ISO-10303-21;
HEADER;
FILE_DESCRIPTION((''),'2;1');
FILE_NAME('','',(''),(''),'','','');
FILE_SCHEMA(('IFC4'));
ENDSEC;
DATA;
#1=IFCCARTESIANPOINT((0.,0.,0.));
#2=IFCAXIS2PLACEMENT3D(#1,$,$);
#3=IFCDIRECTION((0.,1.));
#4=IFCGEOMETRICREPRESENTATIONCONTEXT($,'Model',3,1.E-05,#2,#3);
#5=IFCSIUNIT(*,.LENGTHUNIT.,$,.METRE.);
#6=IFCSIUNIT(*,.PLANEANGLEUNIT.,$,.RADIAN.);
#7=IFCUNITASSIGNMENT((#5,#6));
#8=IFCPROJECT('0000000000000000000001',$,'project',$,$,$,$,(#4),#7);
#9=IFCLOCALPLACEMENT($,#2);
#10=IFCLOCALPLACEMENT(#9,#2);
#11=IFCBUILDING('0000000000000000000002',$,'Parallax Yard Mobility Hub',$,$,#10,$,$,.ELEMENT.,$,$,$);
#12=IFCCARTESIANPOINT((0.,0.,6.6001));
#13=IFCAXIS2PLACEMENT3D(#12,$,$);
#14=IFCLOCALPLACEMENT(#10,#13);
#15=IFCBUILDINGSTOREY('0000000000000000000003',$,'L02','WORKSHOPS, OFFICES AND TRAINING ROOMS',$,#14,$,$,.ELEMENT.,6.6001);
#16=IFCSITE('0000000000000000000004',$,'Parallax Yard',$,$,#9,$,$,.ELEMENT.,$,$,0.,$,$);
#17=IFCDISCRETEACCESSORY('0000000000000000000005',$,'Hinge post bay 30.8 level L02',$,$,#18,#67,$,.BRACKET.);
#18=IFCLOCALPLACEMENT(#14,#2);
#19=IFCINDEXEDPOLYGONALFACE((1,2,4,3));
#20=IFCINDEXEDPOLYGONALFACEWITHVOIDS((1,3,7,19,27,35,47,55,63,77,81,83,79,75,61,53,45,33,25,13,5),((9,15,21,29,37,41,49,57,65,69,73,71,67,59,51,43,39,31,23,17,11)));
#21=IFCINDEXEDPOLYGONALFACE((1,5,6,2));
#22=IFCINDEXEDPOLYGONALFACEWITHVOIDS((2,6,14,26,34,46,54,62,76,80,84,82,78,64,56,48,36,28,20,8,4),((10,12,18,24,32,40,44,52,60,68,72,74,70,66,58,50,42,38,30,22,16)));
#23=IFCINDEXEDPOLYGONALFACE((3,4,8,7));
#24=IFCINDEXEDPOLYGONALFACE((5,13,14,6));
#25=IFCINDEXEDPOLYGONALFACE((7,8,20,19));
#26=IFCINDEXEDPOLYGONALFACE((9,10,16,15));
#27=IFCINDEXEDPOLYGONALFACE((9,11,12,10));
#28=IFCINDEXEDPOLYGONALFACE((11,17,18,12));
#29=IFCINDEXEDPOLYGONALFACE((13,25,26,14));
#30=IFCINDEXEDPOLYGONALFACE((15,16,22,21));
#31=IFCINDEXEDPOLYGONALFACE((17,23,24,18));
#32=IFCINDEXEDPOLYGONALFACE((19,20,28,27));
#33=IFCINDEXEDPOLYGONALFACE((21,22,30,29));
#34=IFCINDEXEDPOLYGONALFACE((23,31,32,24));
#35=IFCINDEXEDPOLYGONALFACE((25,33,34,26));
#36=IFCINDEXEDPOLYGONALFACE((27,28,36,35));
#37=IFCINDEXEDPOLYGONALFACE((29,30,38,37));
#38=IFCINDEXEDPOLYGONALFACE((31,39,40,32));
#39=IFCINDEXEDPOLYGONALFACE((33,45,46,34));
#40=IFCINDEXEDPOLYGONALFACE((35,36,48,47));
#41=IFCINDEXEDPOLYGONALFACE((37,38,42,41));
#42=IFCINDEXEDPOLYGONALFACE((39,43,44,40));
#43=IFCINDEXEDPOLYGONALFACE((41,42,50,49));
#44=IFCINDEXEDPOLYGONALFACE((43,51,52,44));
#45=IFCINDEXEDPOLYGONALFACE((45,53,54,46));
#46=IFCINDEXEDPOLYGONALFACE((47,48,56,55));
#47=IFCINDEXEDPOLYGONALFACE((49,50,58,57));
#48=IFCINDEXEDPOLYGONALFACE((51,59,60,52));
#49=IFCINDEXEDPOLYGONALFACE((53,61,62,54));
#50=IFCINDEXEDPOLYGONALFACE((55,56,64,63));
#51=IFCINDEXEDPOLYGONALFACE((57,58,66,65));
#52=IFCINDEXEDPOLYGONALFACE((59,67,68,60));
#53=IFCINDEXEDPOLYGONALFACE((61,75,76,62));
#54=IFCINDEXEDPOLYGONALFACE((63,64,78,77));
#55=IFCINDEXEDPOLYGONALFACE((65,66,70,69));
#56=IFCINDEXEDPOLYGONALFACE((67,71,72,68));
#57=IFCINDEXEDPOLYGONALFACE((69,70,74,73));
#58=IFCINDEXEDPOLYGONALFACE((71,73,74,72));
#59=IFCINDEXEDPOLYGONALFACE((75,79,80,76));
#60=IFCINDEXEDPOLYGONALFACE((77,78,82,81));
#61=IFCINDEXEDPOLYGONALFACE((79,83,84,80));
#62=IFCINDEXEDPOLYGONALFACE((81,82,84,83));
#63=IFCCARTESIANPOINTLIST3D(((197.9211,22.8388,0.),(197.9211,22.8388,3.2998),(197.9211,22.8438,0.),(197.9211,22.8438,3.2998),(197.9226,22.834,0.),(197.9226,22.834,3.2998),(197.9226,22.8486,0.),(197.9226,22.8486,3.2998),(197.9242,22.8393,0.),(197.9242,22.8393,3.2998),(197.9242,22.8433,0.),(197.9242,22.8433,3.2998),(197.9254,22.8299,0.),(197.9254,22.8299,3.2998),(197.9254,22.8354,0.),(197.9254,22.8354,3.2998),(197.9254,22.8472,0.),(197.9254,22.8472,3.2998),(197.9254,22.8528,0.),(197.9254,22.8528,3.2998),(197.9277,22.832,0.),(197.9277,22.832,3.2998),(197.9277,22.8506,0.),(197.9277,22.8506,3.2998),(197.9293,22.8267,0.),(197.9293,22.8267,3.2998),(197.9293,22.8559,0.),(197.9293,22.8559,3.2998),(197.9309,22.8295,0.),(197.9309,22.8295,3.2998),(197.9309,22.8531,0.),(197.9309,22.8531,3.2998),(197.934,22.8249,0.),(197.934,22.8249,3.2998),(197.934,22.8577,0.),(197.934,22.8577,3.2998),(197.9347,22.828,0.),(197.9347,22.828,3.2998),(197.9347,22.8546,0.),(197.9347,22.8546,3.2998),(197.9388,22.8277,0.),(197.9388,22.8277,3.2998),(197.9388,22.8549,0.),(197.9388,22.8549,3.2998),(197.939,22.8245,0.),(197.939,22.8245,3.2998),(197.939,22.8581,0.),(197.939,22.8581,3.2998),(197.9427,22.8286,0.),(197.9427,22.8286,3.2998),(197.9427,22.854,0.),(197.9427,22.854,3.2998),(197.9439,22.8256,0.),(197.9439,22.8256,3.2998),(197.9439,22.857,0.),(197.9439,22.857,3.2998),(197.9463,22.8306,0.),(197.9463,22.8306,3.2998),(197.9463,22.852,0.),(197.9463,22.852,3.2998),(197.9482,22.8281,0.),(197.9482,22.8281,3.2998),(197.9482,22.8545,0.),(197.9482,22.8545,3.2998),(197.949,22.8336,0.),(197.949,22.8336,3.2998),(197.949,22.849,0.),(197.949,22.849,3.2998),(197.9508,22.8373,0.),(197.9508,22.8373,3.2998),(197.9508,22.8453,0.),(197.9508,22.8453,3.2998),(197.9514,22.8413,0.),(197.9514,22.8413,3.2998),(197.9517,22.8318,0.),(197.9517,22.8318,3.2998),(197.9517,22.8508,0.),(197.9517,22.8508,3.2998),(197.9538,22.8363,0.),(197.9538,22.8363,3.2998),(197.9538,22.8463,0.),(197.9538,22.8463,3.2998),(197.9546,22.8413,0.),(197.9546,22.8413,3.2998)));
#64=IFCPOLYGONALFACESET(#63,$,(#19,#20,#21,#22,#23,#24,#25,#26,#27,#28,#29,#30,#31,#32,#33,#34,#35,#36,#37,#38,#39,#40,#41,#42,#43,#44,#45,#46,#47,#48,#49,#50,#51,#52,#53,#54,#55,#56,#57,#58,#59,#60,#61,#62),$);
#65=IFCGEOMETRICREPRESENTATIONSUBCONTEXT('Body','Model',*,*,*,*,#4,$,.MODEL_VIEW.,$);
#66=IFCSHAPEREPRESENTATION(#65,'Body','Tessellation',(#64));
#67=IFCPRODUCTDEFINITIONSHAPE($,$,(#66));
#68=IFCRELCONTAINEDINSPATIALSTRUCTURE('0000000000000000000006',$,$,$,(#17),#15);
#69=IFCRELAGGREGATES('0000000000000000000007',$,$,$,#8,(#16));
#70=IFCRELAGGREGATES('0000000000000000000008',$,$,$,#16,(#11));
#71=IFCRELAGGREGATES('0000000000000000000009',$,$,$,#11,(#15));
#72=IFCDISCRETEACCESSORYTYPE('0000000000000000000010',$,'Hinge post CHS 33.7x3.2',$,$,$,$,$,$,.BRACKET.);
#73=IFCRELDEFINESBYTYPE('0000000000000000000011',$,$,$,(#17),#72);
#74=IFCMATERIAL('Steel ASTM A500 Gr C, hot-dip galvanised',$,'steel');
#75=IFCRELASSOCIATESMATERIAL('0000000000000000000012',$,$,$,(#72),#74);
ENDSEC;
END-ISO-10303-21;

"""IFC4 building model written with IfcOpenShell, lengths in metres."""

from ifc_helpers import new_model, si_unit, direction, frame, origin, origin_2d, place, context, subcontext, project, spatial, hollow_circle, extrude, material, material_profile, profile_set, type_object, element, save


model = new_model("IFC4")

# Units and contexts
model_context = context("Model", 3, precision=1e-05, world=origin(), true_north=direction((0.0, 1.0)))
body_context = subcontext(model_context, "Body", "Model", "MODEL_VIEW")
ifc_project = project(units=[si_unit("LENGTHUNIT", "METRE"), si_unit("PLANEANGLEUNIT", "RADIAN")], contexts=[model_context])

# Site, building, storey
site_placement = place(None, origin())
site = spatial("IfcSite", under=ifc_project, at=site_placement, Name="Parallax Yard", CompositionType="ELEMENT", RefElevation=0.0)
building_placement = place(site_placement, origin())
building = spatial("IfcBuilding", under=site, at=building_placement, Name="Parallax Yard Mobility Hub", CompositionType="ELEMENT")
storey_placement = place(building_placement, frame((0.0, 0.0, 6.6001)))
storey = spatial("IfcBuildingStorey", under=building, at=storey_placement, Name="L02", Description="WORKSHOPS, OFFICES AND TRAINING ROOMS", CompositionType="ELEMENT", Elevation=6.6001)

# Discrete accessory
ifc_material_1 = material(Name="Steel ASTM A500 Gr C, hot-dip galvanised", Category="steel")
ifc_material_profile_1 = material_profile(ifc_material_1, hollow_circle(Radius=0.0168, WallThickness=0.0032, at=origin_2d()), Name="CHS 33.7x3.2")
ifc_profile_set_1 = profile_set([ifc_material_profile_1], Name="Steel ASTM A500 Gr C, hot-dip galvanised")
discrete_accessory_type_1 = type_object("IfcDiscreteAccessoryType", Name="Hinge post CHS 33.7x3.2", PredefinedType="BRACKET", material=ifc_profile_set_1)
for number, where, z_axis, x_axis, name in (
    (1, (197.9377, 22.8413, 0.0), (0.0, 0.0, 1.0), (1.0, 0.0, 0.0), "Hinge post bay 30.8 level L02"),
):
    element("IfcDiscreteAccessory", number, at=place(storey_placement, frame(where, z_axis=z_axis, x_axis=x_axis)), inside=storey, type_object=discrete_accessory_type_1, Name=name, PredefinedType="BRACKET", context=body_context, shape_type="SweptSolid", body=[
        extrude(hollow_circle(Radius=0.0168, WallThickness=0.0032, at=origin_2d()), origin(), (0.0, 0.0, 1.0), 3.2998),
    ])

save(model, "model.ifc")
